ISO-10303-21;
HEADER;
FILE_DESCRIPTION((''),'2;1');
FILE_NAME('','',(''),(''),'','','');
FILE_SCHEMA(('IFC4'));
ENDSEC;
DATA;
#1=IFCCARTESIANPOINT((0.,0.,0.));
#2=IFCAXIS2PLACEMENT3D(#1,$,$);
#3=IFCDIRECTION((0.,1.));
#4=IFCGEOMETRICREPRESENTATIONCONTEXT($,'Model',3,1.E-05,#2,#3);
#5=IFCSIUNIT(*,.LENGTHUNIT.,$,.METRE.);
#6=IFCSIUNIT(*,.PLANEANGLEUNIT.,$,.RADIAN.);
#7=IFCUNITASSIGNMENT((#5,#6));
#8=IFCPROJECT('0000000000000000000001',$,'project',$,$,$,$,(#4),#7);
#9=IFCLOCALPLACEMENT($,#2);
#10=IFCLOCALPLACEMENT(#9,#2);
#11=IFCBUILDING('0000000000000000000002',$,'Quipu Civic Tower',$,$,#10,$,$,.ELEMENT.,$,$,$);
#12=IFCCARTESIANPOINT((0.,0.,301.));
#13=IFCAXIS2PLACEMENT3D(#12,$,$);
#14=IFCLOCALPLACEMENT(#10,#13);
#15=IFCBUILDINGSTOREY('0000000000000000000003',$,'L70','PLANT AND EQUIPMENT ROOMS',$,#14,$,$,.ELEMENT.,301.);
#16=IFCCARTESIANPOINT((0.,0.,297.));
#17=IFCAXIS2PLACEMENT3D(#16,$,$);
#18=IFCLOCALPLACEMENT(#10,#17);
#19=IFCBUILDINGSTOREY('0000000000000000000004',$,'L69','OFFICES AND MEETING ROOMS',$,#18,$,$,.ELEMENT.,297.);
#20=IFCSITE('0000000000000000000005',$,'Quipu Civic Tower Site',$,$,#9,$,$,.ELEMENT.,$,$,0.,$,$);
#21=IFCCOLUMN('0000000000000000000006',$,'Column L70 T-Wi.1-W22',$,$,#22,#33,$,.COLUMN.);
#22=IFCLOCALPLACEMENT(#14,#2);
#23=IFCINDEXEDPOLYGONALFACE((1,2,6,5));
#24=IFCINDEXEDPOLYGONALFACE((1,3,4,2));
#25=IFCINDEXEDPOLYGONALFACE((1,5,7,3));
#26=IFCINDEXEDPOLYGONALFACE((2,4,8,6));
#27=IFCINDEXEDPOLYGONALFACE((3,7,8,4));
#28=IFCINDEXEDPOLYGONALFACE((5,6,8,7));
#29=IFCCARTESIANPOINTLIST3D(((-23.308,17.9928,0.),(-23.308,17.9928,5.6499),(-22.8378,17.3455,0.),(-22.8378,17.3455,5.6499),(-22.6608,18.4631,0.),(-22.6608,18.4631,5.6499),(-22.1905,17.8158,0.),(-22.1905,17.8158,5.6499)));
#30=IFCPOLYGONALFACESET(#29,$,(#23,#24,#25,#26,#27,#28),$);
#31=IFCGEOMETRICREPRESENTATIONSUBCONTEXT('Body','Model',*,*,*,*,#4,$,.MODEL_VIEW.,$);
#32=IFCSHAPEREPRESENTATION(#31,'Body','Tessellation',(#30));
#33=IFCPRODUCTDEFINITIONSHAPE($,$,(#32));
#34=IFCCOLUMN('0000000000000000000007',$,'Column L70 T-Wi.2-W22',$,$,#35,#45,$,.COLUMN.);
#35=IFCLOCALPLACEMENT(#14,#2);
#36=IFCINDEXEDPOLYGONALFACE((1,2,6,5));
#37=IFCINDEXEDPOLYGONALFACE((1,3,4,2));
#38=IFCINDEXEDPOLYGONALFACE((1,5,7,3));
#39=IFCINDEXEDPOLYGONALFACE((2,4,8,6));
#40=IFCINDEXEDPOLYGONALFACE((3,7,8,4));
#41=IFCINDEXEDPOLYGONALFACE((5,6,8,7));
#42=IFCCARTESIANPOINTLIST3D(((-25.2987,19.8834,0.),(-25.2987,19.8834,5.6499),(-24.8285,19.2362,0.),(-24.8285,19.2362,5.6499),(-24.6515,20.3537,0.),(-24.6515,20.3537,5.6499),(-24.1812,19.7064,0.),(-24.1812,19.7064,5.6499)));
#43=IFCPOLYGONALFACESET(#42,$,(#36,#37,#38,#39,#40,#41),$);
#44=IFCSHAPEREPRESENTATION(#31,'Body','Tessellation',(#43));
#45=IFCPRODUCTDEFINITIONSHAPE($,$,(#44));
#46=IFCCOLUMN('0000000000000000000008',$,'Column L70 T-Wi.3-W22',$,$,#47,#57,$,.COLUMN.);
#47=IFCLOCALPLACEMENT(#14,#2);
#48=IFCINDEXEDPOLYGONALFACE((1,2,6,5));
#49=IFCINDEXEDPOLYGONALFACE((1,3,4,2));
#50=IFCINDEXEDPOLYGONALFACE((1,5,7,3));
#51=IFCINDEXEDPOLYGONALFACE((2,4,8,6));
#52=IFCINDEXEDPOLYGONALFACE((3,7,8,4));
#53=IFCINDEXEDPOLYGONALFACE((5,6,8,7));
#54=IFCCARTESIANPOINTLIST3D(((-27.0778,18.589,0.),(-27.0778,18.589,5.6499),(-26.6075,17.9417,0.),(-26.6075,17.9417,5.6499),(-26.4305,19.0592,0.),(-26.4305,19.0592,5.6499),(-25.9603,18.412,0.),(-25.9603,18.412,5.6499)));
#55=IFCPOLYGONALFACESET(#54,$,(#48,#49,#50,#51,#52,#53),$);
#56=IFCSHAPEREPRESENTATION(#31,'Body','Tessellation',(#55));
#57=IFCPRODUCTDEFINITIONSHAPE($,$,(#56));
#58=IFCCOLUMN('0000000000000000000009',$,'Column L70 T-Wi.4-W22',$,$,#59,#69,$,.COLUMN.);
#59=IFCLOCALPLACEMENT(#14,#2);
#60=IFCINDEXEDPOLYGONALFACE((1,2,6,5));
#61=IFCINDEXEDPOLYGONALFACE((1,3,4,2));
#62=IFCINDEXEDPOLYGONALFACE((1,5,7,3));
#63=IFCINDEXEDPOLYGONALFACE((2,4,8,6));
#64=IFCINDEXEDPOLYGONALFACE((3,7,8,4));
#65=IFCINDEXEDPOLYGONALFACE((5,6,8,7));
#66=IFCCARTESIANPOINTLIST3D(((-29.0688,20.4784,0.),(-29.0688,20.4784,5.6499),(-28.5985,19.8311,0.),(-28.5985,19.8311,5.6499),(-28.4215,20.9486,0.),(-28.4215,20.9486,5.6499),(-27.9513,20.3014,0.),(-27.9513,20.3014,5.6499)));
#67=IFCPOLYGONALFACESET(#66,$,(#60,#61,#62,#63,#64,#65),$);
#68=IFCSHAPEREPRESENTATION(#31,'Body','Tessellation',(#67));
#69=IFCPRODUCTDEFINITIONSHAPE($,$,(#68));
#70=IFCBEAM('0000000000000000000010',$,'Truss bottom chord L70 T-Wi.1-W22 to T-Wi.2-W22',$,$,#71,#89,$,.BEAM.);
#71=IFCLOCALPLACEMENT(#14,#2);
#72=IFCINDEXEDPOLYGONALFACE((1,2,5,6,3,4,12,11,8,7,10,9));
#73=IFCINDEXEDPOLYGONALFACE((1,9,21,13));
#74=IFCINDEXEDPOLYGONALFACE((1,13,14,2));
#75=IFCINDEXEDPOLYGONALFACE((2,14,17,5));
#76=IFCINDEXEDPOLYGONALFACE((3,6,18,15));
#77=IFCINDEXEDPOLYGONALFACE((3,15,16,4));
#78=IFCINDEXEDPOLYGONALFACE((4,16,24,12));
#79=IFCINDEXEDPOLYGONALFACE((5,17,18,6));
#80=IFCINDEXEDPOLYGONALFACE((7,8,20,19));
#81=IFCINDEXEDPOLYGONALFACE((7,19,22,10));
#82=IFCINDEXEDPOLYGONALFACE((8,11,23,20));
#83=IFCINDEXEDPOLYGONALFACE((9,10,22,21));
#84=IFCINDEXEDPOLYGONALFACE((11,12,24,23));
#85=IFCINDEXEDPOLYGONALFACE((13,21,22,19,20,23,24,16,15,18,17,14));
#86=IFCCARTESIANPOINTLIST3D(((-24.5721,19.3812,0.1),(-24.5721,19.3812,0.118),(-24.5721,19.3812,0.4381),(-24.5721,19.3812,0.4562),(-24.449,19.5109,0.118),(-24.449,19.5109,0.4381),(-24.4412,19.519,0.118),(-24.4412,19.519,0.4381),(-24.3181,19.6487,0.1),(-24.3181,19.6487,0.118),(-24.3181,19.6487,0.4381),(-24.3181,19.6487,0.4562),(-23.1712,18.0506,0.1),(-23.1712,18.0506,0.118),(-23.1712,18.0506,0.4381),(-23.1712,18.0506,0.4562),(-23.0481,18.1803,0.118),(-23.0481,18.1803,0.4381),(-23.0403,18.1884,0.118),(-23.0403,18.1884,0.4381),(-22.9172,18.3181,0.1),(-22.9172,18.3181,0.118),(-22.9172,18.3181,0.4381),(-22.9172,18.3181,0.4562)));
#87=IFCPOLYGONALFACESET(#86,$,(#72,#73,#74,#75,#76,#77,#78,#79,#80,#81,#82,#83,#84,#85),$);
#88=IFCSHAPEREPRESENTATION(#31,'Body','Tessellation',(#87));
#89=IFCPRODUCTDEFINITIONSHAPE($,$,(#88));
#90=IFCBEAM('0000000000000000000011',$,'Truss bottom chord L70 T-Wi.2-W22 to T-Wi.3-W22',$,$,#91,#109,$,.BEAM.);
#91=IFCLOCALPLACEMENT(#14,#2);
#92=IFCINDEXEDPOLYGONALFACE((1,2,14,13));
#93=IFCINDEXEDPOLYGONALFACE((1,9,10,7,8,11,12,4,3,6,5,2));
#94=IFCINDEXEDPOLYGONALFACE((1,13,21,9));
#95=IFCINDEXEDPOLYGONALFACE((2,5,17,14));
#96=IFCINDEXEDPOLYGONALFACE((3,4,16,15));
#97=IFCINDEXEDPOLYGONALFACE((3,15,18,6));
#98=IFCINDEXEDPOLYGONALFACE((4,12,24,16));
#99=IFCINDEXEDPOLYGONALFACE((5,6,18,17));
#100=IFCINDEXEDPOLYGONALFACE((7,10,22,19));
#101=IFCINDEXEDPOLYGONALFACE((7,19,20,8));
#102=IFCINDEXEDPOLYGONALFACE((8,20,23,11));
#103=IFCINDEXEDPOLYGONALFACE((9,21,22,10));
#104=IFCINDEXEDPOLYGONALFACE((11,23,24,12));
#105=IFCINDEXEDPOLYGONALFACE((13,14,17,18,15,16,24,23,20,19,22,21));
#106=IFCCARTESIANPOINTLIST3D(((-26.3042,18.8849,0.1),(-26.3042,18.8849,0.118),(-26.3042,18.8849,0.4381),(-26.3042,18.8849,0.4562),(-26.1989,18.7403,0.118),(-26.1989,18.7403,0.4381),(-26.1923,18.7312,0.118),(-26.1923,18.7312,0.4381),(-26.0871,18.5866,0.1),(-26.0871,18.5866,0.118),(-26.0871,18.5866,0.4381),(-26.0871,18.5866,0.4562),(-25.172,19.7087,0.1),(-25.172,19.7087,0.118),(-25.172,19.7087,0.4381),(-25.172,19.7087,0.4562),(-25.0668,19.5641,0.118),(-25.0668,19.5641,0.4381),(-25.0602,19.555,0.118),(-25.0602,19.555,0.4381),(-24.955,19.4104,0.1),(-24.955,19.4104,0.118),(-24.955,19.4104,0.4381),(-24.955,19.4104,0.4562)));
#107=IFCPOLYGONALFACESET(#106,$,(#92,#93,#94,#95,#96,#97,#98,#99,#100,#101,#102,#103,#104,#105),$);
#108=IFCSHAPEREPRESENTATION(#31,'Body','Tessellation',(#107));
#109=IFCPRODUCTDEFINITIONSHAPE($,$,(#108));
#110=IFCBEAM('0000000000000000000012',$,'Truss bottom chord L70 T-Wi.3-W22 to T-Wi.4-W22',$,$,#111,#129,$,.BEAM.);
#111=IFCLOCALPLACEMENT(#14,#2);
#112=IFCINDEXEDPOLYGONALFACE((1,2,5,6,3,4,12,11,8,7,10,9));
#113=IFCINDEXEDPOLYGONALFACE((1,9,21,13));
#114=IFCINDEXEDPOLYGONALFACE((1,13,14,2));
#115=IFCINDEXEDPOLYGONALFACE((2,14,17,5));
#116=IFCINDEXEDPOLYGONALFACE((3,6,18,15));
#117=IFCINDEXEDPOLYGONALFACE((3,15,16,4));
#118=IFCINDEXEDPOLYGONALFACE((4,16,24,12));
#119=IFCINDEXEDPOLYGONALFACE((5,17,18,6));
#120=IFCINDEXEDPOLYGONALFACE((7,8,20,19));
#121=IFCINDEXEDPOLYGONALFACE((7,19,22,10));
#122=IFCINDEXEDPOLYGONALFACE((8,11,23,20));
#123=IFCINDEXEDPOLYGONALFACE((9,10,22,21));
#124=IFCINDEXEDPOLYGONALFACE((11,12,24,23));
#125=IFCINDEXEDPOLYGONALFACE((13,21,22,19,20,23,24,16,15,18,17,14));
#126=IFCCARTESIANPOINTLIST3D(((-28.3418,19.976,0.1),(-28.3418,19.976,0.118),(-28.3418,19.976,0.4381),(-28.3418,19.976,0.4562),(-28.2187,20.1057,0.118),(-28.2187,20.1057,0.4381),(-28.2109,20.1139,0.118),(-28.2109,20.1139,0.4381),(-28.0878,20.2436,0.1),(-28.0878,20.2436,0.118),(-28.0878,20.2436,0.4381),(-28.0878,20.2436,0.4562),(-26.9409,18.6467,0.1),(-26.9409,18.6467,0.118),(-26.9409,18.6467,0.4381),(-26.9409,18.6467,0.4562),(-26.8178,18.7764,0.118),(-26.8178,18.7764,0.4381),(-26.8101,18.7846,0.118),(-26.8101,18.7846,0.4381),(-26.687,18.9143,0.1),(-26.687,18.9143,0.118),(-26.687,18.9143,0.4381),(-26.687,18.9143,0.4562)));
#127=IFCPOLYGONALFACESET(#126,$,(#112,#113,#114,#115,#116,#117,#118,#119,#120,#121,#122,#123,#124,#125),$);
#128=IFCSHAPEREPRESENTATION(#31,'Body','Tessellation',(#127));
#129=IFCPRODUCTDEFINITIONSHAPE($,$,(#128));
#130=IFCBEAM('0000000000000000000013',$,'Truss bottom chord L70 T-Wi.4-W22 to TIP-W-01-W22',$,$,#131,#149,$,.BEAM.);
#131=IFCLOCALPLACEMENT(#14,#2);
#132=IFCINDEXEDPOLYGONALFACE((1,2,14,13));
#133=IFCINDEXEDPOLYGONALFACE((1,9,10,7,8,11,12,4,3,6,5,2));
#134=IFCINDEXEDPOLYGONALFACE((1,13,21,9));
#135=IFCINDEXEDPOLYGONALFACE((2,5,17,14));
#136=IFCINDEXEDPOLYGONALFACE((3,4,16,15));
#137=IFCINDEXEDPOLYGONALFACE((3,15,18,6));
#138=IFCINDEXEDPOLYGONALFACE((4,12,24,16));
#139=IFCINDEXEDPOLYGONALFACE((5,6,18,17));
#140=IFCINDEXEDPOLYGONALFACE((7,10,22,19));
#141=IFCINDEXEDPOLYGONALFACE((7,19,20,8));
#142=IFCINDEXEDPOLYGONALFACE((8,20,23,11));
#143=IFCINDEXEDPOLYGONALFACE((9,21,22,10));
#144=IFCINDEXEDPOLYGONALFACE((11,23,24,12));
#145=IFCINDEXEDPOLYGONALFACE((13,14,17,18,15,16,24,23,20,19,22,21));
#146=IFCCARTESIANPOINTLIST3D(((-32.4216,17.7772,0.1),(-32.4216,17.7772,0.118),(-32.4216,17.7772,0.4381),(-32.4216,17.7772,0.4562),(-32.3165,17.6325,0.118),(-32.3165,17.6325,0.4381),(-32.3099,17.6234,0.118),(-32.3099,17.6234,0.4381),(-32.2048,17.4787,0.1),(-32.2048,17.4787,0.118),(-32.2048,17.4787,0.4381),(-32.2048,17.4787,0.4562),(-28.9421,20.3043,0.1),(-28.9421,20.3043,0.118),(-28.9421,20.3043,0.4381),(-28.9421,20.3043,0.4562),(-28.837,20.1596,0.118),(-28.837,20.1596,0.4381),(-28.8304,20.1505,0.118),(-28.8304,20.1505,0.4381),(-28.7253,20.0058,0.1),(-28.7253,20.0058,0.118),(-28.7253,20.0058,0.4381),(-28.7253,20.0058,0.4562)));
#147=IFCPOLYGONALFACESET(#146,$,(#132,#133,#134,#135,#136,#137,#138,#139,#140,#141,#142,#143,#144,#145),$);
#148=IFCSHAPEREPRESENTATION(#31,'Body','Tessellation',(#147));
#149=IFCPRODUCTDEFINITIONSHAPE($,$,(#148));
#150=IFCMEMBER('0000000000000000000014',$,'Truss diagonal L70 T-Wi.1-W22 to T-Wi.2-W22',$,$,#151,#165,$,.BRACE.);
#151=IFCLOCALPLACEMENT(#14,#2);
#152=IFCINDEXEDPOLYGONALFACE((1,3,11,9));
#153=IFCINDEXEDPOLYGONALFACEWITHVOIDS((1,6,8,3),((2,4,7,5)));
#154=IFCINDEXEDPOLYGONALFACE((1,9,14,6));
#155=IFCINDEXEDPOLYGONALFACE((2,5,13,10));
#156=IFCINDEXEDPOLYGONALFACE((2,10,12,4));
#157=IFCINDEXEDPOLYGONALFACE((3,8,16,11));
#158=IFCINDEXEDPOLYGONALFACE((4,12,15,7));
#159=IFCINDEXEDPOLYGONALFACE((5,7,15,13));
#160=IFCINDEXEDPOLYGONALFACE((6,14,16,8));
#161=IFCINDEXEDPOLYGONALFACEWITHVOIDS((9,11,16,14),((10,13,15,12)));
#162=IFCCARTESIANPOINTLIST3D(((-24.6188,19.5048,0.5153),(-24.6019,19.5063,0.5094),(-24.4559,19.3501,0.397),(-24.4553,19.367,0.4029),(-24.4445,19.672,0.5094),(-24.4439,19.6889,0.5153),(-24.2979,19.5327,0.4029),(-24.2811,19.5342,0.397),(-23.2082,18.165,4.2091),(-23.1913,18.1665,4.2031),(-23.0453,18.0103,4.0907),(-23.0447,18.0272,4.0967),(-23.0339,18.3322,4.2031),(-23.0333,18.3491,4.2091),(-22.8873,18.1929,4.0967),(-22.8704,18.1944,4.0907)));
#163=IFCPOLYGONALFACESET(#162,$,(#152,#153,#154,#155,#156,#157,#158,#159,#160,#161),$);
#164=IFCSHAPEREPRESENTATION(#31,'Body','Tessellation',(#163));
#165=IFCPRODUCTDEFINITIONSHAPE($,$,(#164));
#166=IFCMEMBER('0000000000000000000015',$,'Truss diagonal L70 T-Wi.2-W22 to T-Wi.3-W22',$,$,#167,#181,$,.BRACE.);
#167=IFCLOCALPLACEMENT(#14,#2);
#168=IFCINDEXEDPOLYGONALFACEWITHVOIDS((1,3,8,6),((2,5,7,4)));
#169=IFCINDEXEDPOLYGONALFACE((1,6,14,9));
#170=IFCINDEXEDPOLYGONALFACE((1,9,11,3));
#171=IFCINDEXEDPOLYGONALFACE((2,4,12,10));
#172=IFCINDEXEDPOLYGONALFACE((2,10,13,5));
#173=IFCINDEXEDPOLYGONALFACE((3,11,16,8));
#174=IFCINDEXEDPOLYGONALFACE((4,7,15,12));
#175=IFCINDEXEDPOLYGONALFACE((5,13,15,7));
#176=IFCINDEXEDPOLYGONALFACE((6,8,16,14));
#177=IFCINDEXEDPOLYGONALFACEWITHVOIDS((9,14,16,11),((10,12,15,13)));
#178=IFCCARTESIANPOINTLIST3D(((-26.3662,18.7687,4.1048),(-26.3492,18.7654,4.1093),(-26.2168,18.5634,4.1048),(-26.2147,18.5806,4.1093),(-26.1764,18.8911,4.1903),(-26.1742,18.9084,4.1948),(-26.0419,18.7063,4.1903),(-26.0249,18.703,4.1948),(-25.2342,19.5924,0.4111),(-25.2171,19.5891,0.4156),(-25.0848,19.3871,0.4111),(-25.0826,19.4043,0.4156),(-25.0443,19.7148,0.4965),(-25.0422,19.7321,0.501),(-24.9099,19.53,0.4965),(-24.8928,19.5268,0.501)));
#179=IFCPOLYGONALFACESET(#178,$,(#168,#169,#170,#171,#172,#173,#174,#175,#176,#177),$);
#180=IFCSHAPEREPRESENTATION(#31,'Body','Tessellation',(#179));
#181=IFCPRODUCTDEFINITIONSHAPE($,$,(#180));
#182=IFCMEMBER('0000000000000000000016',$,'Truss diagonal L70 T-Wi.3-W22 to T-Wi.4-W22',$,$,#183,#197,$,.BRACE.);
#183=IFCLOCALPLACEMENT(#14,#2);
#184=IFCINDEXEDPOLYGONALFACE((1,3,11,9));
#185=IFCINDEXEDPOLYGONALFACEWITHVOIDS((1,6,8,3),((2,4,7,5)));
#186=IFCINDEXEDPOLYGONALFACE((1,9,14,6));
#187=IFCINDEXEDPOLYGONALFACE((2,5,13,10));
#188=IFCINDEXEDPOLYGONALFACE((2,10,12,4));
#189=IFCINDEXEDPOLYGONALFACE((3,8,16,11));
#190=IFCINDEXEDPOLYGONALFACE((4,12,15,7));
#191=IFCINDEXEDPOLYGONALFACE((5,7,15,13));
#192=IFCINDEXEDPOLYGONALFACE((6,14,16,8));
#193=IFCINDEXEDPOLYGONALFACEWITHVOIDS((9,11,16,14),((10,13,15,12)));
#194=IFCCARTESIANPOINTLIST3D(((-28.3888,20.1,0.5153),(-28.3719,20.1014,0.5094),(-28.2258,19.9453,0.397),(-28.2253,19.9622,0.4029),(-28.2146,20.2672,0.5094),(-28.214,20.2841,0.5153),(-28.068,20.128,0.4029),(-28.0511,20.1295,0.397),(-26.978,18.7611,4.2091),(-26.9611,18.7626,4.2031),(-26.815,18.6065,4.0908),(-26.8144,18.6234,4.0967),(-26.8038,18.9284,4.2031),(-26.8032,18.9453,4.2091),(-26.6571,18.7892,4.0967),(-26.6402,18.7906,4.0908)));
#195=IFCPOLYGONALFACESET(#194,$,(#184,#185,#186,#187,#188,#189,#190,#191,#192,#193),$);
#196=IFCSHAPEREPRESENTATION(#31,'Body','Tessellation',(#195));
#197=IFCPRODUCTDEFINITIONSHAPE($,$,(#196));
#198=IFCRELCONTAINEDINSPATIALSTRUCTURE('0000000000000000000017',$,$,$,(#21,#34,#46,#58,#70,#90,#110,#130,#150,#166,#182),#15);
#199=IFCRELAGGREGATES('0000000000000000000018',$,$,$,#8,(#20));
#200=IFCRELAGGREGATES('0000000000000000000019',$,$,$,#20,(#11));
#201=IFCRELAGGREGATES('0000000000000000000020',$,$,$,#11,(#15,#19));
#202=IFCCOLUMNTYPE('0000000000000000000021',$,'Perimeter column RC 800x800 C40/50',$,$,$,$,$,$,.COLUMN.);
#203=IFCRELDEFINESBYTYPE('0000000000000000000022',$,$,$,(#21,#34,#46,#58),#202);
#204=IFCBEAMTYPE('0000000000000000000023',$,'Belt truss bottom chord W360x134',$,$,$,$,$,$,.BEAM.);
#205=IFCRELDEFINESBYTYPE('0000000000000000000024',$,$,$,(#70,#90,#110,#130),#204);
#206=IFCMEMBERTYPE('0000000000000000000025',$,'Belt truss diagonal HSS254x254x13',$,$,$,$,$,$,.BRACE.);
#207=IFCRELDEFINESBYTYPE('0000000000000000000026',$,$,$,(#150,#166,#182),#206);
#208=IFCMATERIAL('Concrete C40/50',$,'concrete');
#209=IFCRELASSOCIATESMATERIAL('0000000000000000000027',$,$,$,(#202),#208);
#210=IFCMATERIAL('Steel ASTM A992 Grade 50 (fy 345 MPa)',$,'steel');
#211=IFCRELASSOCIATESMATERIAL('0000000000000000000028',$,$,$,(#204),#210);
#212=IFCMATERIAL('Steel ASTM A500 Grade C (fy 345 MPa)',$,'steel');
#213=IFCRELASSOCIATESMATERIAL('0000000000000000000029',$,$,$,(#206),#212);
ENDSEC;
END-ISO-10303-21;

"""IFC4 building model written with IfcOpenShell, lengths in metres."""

from ifc_helpers import new_model, si_unit, direction, frame, origin, origin_2d, place, context, subcontext, project, spatial, rectangle, hollow_rectangle, i_section, extrude, material, material_profile, profile_set, type_object, element, save


model = new_model("IFC4")

# Units and contexts
model_context = context("Model", 3, precision=1e-05, world=origin(), true_north=direction((0.0, 1.0)))
body_context = subcontext(model_context, "Body", "Model", "MODEL_VIEW")
ifc_project = project(units=[si_unit("LENGTHUNIT", "METRE"), si_unit("PLANEANGLEUNIT", "RADIAN")], contexts=[model_context])

# Site, building, storey
site_placement = place(None, origin())
site = spatial("IfcSite", under=ifc_project, at=site_placement, Name="Quipu Civic Tower Site", CompositionType="ELEMENT", RefElevation=0.0)
building_placement = place(site_placement, origin())
building = spatial("IfcBuilding", under=site, at=building_placement, Name="Quipu Civic Tower", CompositionType="ELEMENT")
storey_1_placement = place(building_placement, frame((0.0, 0.0, 301.0)))
storey_1 = spatial("IfcBuildingStorey", under=building, at=storey_1_placement, Name="L70", Description="PLANT AND EQUIPMENT ROOMS", CompositionType="ELEMENT", Elevation=301.0)

# Columns
ifc_material_1 = material(Name="Concrete C40/50", Category="concrete")
ifc_material_profile_1 = material_profile(ifc_material_1, rectangle(XDim=0.8, YDim=0.8, at=origin_2d()), Name="RC800x800")
ifc_profile_set_1 = profile_set([ifc_material_profile_1], Name="Concrete C40/50")
column_type = type_object("IfcColumnType", Name="Perimeter column RC 800x800 C40/50", PredefinedType="COLUMN", material=ifc_profile_set_1)
for number, where, z_axis, x_axis, name in (
    (1, (-22.7493, 17.9043, 0.0), (0.0, 0.0, 1.0), (-0.587785, 0.809017, 0.0), "Column L70 T-Wi.1-W22"),
    (2, (-24.74, 19.7949, 0.0), (0.0, 0.0, 1.0), (-0.587785, 0.809017, 0.0), "Column L70 T-Wi.2-W22"),
    (3, (-26.519, 18.5005, 0.0), (0.0, 0.0, 1.0), (-0.587785, 0.809017, 0.0), "Column L70 T-Wi.3-W22"),
    (4, (-28.51, 20.3899, 0.0), (0.0, 0.0, 1.0), (-0.809017, -0.587785, 0.0), "Column L70 T-Wi.4-W22"),
):
    element("IfcColumn", number, at=place(storey_1_placement, frame(where, z_axis=z_axis, x_axis=x_axis)), inside=storey_1, type_object=column_type, Name=name, PredefinedType="COLUMN", context=body_context, shape_type="SweptSolid", body=[
        extrude(rectangle(XDim=0.8, YDim=0.8, at=origin_2d()), origin(), (0.0, 0.0, 1.0), 5.6499),
    ])

# Beams
ifc_material_2 = material(Name="Steel ASTM A992 Grade 50 (fy 345 MPa)", Category="steel")
ifc_material_profile_2 = material_profile(ifc_material_2, i_section(OverallWidth=0.3689, OverallDepth=0.3562, WebThickness=0.0112, FlangeThickness=0.0181, at=origin_2d()), Name="W360x134")
ifc_profile_set_2 = profile_set([ifc_material_profile_2], Name="Steel ASTM A992 Grade 50 (fy 345 MPa)")
beam_type_1 = type_object("IfcBeamType", Name="Belt truss bottom chord W360x134", PredefinedType="BEAM", material=ifc_profile_set_2)
beam_1_placement = place(storey_1_placement, frame((-23.0442, 18.1843, 0.2781), z_axis=(-0.725069, 0.688676, 0.0), x_axis=(-0.688676, -0.725069, 0.0)))
element("IfcBeam", 5, at=beam_1_placement, inside=storey_1, type_object=beam_type_1, Name="Truss bottom chord L70 T-Wi.1-W22 to T-Wi.2-W22", PredefinedType="BEAM", context=body_context, shape_type="SweptSolid", body=[
    extrude(i_section(OverallWidth=0.3689, OverallDepth=0.3562, WebThickness=0.0112, FlangeThickness=0.0181, at=origin_2d()), origin(), (0.0, 0.0, 1.0), 1.9321),
])
beam_2_placement = place(storey_1_placement, frame((-25.0635, 19.5596, 0.2781), z_axis=(-0.8086, -0.588358, 0.0), x_axis=(0.588358, -0.8086, 0.0)))
element("IfcBeam", 6, at=beam_2_placement, inside=storey_1, type_object=beam_type_1, Name="Truss bottom chord L70 T-Wi.2-W22 to T-Wi.3-W22", PredefinedType="BEAM", context=body_context, shape_type="SweptSolid", body=[
    extrude(i_section(OverallWidth=0.3689, OverallDepth=0.3562, WebThickness=0.0112, FlangeThickness=0.0181, at=origin_2d()), origin(), (0.0, 0.0, 1.0), 1.4001),
])
beam_3_placement = place(storey_1_placement, frame((-26.814, 18.7805, 0.2781), z_axis=(-0.725384, 0.688344, 0.0), x_axis=(-0.688344, -0.725384, 0.0)))
element("IfcBeam", 7, at=beam_3_placement, inside=storey_1, type_object=beam_type_1, Name="Truss bottom chord L70 T-Wi.3-W22 to T-Wi.4-W22", PredefinedType="BEAM", context=body_context, shape_type="SweptSolid", body=[
    extrude(i_section(OverallWidth=0.3689, OverallDepth=0.3562, WebThickness=0.0112, FlangeThickness=0.0181, at=origin_2d()), origin(), (0.0, 0.0, 1.0), 1.9312),
])
beam_4_placement = place(storey_1_placement, frame((-28.8337, 20.155, 0.2781), z_axis=(-0.809116, -0.587648, 0.0), x_axis=(0.587648, -0.809116, 0.0)))
element("IfcBeam", 8, at=beam_4_placement, inside=storey_1, type_object=beam_type_1, Name="Truss bottom chord L70 T-Wi.4-W22 to TIP-W-01-W22", PredefinedType="BEAM", context=body_context, shape_type="SweptSolid", body=[
    extrude(i_section(OverallWidth=0.3689, OverallDepth=0.3562, WebThickness=0.0112, FlangeThickness=0.0181, at=origin_2d()), origin(), (0.0, 0.0, 1.0), 4.3003),
])

# Members
ifc_material_3 = material(Name="Steel ASTM A500 Grade C (fy 345 MPa)", Category="steel")
ifc_material_profile_3 = material_profile(ifc_material_3, hollow_rectangle(XDim=0.2539, YDim=0.2539, WallThickness=0.0127, at=origin_2d()), Name="HSS254x254x13")
ifc_profile_set_3 = profile_set([ifc_material_profile_3], Name="Steel ASTM A500 Grade C (fy 345 MPa)")
member_type_1 = type_object("IfcMemberType", Name="Belt truss diagonal HSS254x254x13", PredefinedType="BRACE", material=ifc_profile_set_3)
member_1_placement = place(storey_1_placement, frame((-23.0393, 18.1797, 4.1499), z_axis=(-0.337889, 0.32093, -0.88478), x_axis=(-0.688677, -0.725068, 0.0)))
element("IfcMember", 9, at=member_1_placement, inside=storey_1, type_object=member_type_1, Name="Truss diagonal L70 T-Wi.1-W22 to T-Wi.2-W22", PredefinedType="BRACE", context=body_context, shape_type="SweptSolid", body=[
    extrude(hollow_rectangle(XDim=0.2539, YDim=0.2539, WallThickness=0.0127, at=origin_2d()), origin(), (0.0, 0.0, 1.0), 4.1748),
])
member_2_placement = place(storey_1_placement, frame((-25.0635, 19.5596, 0.4561), z_axis=(-0.286583, -0.208525, 0.935087), x_axis=(0.588358, -0.8086, 0.0)))
element("IfcMember", 10, at=member_2_placement, inside=storey_1, type_object=member_type_1, Name="Truss diagonal L70 T-Wi.2-W22 to T-Wi.3-W22", PredefinedType="BRACE", context=body_context, shape_type="SweptSolid", body=[
    extrude(hollow_rectangle(XDim=0.2539, YDim=0.2539, WallThickness=0.0127, at=origin_2d()), origin(), (0.0, 0.0, 1.0), 3.9502),
])
member_3_placement = place(storey_1_placement, frame((-26.8091, 18.7759, 4.1499), z_axis=(-0.337966, 0.320714, -0.884829), x_axis=(-0.68835, -0.725379, 0.0)))
element("IfcMember", 11, at=member_3_placement, inside=storey_1, type_object=member_type_1, Name="Truss diagonal L70 T-Wi.3-W22 to T-Wi.4-W22", PredefinedType="BRACE", context=body_context, shape_type="SweptSolid", body=[
    extrude(hollow_rectangle(XDim=0.2539, YDim=0.2539, WallThickness=0.0127, at=origin_2d()), origin(), (0.0, 0.0, 1.0), 4.1746),
])

# Shared definitions
storey_2_placement = place(building_placement, frame((0.0, 0.0, 297.0)))
storey_2 = spatial("IfcBuildingStorey", under=building, at=storey_2_placement, Name="L69", Description="OFFICES AND MEETING ROOMS", CompositionType="ELEMENT", Elevation=297.0)

save(model, "model.ifc")
